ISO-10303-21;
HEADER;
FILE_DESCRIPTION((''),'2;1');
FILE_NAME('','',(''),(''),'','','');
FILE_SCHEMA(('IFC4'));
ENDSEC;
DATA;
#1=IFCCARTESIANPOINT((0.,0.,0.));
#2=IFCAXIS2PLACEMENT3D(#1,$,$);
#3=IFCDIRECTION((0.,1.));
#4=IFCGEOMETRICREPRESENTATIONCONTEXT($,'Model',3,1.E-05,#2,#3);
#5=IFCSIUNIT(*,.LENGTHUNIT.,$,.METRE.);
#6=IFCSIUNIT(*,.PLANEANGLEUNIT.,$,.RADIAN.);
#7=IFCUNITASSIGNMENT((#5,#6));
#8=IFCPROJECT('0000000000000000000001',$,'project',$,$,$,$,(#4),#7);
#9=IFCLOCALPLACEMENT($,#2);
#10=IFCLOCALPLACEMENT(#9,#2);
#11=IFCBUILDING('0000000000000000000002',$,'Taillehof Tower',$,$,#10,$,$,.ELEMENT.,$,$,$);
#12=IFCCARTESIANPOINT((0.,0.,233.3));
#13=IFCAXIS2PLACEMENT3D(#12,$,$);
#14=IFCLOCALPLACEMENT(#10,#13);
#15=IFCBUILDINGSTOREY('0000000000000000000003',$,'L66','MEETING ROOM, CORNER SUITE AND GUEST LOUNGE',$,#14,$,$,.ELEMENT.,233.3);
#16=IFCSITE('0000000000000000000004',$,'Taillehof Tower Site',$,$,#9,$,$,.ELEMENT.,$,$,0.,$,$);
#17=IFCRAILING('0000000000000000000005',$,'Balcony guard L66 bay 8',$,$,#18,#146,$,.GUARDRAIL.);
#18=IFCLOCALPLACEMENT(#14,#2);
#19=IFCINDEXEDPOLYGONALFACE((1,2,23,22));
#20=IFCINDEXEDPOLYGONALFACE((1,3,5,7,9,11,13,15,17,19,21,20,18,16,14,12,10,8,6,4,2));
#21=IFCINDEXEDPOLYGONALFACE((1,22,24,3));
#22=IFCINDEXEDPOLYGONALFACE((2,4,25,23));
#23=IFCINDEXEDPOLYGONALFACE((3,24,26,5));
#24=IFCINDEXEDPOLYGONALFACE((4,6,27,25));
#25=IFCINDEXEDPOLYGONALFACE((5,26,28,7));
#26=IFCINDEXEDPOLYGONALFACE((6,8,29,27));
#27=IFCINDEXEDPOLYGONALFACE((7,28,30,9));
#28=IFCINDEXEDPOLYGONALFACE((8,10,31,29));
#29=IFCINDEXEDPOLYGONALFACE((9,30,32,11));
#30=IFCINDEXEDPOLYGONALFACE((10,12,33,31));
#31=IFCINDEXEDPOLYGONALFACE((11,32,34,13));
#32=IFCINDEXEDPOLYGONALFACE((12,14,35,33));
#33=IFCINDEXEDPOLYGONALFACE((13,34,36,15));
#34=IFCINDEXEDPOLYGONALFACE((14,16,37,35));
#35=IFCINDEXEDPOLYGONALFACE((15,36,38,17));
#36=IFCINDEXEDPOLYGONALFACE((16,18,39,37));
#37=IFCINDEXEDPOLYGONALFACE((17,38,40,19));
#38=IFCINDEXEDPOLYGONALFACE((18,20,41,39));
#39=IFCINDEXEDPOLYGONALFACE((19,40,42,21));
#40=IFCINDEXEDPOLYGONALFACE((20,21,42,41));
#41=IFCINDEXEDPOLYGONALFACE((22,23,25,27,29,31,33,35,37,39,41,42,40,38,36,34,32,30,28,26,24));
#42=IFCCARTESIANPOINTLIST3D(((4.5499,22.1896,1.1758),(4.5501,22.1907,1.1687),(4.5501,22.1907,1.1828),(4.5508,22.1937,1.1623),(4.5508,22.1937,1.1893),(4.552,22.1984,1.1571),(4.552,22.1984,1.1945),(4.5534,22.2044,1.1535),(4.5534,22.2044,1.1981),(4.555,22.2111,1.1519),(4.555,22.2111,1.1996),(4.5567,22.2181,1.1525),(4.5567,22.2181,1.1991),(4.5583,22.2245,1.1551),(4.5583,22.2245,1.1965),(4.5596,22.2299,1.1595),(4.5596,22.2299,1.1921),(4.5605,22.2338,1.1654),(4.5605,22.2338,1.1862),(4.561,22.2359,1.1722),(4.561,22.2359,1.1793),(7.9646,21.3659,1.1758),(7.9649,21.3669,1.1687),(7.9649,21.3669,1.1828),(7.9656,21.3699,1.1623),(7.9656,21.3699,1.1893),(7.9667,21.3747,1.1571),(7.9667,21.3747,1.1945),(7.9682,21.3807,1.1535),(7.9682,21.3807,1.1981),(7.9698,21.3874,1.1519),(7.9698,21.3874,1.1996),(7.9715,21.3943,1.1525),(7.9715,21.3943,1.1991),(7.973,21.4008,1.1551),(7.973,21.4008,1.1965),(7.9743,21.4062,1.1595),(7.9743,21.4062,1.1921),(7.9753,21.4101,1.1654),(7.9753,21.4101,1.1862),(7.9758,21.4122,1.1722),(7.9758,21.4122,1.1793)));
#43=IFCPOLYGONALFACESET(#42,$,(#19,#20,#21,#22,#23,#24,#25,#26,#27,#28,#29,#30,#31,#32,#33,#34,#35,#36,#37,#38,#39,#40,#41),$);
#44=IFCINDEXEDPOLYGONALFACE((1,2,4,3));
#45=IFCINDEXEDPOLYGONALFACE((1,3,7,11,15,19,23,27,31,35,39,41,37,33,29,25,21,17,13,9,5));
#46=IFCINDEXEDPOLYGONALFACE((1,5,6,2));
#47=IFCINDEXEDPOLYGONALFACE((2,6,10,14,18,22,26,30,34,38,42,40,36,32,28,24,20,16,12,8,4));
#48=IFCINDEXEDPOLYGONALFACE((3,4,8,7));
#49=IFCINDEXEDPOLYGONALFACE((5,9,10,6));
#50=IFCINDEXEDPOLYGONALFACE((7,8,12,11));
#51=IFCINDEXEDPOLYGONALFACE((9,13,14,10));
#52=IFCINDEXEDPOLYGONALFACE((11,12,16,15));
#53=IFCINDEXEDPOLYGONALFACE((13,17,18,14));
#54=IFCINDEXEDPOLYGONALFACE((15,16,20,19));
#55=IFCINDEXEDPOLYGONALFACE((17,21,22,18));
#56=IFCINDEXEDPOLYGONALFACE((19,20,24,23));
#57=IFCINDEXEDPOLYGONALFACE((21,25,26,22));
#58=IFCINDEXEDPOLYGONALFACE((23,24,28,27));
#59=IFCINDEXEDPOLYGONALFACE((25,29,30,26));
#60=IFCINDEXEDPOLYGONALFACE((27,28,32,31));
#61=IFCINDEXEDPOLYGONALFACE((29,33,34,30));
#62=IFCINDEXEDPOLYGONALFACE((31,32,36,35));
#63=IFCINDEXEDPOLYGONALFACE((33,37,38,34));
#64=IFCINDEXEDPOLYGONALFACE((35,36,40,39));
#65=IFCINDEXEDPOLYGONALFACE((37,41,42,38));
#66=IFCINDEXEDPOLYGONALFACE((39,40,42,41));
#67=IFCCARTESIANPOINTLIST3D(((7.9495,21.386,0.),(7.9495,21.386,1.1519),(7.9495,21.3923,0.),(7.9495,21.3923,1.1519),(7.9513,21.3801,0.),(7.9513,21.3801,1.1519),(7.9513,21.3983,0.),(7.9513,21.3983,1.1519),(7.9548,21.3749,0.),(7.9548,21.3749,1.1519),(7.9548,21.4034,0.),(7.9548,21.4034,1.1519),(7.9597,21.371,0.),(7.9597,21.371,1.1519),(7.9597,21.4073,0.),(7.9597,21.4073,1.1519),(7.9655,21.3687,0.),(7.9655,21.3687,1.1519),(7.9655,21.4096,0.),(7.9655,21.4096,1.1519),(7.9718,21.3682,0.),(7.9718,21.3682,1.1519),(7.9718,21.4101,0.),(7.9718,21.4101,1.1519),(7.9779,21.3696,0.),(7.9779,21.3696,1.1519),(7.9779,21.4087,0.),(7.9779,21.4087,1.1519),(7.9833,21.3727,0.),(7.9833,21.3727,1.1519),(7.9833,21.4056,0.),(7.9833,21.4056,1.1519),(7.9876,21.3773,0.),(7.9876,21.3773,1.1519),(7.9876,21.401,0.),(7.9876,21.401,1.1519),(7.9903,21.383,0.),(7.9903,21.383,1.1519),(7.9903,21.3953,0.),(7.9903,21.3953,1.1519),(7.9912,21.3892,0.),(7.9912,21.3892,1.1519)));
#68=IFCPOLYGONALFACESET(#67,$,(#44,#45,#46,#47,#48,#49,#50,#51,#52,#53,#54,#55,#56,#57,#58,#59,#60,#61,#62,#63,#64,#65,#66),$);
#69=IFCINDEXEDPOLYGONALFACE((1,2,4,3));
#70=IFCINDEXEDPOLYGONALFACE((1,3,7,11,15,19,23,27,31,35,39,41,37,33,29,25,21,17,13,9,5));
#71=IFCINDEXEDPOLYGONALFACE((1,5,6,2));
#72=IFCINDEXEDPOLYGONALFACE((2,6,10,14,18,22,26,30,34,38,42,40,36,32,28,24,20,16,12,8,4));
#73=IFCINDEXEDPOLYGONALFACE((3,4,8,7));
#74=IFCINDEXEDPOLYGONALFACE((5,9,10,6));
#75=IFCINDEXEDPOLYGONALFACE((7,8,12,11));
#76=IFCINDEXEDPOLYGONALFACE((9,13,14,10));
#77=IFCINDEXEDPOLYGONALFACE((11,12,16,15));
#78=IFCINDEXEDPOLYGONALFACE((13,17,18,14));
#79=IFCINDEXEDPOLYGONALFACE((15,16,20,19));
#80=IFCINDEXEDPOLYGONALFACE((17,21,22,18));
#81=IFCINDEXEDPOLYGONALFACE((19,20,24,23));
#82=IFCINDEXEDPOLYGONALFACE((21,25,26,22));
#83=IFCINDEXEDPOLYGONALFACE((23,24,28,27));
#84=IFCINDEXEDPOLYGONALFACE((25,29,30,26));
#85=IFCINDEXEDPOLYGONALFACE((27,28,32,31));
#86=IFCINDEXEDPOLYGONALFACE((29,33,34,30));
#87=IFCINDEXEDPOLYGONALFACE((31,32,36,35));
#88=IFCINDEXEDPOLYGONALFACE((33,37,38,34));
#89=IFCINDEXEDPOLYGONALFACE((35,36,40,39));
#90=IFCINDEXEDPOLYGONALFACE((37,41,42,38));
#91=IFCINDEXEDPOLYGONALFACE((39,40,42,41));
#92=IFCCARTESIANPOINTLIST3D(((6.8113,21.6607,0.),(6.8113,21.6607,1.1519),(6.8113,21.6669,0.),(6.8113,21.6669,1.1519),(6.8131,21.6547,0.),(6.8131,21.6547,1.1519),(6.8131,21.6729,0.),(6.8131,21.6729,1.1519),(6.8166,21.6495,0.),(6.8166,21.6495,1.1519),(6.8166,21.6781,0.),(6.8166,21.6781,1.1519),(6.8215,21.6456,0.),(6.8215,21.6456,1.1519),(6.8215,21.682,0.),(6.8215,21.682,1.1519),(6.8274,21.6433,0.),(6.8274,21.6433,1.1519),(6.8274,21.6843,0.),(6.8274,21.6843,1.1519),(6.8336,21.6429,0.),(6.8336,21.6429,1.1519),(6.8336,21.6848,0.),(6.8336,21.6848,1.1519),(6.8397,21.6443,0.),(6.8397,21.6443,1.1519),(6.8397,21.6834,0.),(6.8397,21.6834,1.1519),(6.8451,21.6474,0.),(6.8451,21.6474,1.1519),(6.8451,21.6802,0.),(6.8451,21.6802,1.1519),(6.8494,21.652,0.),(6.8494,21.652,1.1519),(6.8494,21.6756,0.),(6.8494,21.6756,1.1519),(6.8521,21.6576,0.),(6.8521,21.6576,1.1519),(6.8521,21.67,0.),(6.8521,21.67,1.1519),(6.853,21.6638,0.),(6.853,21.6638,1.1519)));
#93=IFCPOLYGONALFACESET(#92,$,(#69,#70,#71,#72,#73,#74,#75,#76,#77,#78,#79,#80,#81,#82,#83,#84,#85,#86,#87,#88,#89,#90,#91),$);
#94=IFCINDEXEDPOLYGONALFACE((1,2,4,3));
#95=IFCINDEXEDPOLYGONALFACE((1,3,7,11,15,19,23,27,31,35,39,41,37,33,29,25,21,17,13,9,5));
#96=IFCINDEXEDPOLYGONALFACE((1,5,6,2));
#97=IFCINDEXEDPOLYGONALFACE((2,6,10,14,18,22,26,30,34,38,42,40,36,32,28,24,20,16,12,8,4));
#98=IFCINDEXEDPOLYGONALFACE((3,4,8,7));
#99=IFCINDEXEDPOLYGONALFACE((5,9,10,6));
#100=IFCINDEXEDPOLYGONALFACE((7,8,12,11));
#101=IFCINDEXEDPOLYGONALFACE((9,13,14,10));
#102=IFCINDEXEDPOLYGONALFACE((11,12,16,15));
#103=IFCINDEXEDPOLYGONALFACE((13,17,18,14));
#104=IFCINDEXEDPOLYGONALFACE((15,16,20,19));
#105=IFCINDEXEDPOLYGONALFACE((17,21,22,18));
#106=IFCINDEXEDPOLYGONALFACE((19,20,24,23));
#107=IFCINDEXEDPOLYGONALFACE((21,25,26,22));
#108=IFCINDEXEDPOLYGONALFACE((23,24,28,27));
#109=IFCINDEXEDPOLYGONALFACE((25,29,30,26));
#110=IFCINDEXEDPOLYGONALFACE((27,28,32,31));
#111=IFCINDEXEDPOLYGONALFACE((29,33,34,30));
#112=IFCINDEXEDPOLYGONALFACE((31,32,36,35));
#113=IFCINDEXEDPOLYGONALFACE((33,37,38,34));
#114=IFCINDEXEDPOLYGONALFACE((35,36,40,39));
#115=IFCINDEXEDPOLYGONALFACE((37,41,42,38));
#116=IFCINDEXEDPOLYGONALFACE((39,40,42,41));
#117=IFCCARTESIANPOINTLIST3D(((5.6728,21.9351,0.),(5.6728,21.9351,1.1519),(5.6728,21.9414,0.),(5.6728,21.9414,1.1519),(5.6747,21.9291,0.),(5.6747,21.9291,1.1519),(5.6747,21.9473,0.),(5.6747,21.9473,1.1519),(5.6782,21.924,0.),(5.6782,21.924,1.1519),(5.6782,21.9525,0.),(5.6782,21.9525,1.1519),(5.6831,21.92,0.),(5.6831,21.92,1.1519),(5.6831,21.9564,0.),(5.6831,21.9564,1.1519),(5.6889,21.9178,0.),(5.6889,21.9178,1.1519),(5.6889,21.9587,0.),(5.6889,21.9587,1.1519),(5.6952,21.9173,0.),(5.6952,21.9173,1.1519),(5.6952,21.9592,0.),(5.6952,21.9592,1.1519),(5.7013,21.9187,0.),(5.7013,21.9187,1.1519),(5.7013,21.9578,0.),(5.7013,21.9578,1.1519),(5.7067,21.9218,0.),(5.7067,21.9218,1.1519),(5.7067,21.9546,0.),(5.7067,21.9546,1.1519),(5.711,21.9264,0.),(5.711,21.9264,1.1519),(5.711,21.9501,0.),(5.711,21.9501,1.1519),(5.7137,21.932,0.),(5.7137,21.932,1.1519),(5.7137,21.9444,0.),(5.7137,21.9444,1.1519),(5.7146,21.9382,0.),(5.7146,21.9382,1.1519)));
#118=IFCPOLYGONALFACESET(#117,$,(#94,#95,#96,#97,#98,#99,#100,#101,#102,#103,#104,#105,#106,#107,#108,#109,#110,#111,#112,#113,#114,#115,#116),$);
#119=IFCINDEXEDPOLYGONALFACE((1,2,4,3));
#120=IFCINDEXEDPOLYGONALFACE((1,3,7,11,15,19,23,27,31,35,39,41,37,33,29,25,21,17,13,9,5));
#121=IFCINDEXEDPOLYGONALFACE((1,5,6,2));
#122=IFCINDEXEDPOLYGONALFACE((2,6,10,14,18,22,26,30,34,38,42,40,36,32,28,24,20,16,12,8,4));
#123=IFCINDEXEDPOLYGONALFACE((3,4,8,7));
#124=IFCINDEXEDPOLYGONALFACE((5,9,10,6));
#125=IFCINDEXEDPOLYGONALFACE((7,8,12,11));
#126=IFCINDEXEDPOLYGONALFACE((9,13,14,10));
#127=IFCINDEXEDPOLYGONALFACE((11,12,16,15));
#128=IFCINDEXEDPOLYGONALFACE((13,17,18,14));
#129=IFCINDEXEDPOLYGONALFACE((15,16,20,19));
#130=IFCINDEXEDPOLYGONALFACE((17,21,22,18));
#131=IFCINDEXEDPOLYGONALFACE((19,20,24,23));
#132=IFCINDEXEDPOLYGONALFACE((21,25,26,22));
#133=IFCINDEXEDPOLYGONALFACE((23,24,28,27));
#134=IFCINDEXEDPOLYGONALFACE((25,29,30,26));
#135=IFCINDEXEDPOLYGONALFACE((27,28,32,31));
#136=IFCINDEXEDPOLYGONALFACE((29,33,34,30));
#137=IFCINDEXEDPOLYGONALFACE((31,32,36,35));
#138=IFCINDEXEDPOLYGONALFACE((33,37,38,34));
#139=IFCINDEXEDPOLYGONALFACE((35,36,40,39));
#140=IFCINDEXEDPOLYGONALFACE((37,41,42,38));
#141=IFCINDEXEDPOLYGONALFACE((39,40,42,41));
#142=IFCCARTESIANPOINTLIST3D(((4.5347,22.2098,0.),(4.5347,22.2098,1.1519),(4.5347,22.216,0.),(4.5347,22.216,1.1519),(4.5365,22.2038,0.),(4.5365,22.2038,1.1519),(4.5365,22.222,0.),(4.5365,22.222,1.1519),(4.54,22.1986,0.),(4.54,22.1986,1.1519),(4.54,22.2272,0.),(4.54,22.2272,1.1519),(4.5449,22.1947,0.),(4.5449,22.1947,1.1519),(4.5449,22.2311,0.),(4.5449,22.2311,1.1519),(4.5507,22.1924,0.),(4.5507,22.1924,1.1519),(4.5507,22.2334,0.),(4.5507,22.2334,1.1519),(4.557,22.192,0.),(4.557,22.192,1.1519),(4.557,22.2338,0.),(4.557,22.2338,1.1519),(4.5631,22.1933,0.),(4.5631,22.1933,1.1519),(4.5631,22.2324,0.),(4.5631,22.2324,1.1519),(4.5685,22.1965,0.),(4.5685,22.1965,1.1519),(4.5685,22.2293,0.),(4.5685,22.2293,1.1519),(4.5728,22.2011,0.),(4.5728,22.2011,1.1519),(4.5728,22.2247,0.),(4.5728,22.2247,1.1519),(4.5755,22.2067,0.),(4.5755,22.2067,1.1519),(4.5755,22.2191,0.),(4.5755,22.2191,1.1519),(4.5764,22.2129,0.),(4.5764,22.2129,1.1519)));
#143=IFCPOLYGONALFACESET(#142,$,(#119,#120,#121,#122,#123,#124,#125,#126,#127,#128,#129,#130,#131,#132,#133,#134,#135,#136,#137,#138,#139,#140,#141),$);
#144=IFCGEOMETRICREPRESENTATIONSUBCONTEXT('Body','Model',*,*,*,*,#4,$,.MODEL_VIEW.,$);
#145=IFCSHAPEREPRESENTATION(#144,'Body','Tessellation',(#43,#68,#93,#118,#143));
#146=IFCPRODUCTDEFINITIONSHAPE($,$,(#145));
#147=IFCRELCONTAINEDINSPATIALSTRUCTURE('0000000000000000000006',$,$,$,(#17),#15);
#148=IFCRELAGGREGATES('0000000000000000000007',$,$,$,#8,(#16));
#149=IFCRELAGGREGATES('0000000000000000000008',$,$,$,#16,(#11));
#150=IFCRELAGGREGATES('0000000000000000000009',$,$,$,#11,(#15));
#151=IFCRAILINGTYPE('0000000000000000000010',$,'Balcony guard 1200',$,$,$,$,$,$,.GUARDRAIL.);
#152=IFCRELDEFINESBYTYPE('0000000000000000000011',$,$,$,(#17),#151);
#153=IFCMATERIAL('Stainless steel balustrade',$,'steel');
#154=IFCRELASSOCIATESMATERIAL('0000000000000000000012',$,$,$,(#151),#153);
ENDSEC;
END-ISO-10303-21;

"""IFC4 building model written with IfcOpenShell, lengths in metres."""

from ifc_helpers import new_model, si_unit, direction, frame, origin, origin_2d, place, context, subcontext, project, spatial, circle, extrude, material, type_object, element, save


model = new_model("IFC4")

# Units and contexts
model_context = context("Model", 3, precision=1e-05, world=origin(), true_north=direction((0.0, 1.0)))
body_context = subcontext(model_context, "Body", "Model", "MODEL_VIEW")
ifc_project = project(units=[si_unit("LENGTHUNIT", "METRE"), si_unit("PLANEANGLEUNIT", "RADIAN")], contexts=[model_context])

# Site, building, storey
site_placement = place(None, origin())
site = spatial("IfcSite", under=ifc_project, at=site_placement, Name="Taillehof Tower Site", CompositionType="ELEMENT", RefElevation=0.0)
building_placement = place(site_placement, origin())
building = spatial("IfcBuilding", under=site, at=building_placement, Name="Taillehof Tower", CompositionType="ELEMENT")
storey_placement = place(building_placement, frame((0.0, 0.0, 233.3)))
storey = spatial("IfcBuildingStorey", under=building, at=storey_placement, Name="L66", Description="MEETING ROOM, CORNER SUITE AND GUEST LOUNGE", CompositionType="ELEMENT", Elevation=233.3)

# Railing
ifc_material_1 = material(Name="Stainless steel balustrade", Category="steel")
railing_type = type_object("IfcRailingType", Name="Balcony guard 1200", PredefinedType="GUARDRAIL", material=ifc_material_1)
railing_placement = place(storey_placement, frame((7.9702, 21.3892, 0.0)))
element("IfcRailing", 1, at=railing_placement, inside=storey, type_object=railing_type, Name="Balcony guard L66 bay 8", PredefinedType="GUARDRAIL", context=body_context, shape_type="SweptSolid", body=[
    extrude(circle(Radius=0.0239, at=origin_2d()), frame((0.0, 0.0, 1.1758), z_axis=(-0.972117, 0.234498, 0.0), x_axis=(-0.234498, -0.972117, 0.0)), (0.0, 0.0, 1.0), 3.5127),
    extrude(circle(Radius=0.021, at=origin_2d()), origin(), (0.0, 0.0, 1.0), 1.1519),
    extrude(circle(Radius=0.021, at=origin_2d()), frame((-1.1382, 0.2747, 0.0)), (0.0, 0.0, 1.0), 1.1519),
    extrude(circle(Radius=0.021, at=origin_2d()), frame((-2.2766, 0.5491, 0.0)), (0.0, 0.0, 1.0), 1.1519),
    extrude(circle(Radius=0.021, at=origin_2d()), frame((-3.4148, 0.8237, 0.0)), (0.0, 0.0, 1.0), 1.1519),
])

save(model, "model.ifc")
